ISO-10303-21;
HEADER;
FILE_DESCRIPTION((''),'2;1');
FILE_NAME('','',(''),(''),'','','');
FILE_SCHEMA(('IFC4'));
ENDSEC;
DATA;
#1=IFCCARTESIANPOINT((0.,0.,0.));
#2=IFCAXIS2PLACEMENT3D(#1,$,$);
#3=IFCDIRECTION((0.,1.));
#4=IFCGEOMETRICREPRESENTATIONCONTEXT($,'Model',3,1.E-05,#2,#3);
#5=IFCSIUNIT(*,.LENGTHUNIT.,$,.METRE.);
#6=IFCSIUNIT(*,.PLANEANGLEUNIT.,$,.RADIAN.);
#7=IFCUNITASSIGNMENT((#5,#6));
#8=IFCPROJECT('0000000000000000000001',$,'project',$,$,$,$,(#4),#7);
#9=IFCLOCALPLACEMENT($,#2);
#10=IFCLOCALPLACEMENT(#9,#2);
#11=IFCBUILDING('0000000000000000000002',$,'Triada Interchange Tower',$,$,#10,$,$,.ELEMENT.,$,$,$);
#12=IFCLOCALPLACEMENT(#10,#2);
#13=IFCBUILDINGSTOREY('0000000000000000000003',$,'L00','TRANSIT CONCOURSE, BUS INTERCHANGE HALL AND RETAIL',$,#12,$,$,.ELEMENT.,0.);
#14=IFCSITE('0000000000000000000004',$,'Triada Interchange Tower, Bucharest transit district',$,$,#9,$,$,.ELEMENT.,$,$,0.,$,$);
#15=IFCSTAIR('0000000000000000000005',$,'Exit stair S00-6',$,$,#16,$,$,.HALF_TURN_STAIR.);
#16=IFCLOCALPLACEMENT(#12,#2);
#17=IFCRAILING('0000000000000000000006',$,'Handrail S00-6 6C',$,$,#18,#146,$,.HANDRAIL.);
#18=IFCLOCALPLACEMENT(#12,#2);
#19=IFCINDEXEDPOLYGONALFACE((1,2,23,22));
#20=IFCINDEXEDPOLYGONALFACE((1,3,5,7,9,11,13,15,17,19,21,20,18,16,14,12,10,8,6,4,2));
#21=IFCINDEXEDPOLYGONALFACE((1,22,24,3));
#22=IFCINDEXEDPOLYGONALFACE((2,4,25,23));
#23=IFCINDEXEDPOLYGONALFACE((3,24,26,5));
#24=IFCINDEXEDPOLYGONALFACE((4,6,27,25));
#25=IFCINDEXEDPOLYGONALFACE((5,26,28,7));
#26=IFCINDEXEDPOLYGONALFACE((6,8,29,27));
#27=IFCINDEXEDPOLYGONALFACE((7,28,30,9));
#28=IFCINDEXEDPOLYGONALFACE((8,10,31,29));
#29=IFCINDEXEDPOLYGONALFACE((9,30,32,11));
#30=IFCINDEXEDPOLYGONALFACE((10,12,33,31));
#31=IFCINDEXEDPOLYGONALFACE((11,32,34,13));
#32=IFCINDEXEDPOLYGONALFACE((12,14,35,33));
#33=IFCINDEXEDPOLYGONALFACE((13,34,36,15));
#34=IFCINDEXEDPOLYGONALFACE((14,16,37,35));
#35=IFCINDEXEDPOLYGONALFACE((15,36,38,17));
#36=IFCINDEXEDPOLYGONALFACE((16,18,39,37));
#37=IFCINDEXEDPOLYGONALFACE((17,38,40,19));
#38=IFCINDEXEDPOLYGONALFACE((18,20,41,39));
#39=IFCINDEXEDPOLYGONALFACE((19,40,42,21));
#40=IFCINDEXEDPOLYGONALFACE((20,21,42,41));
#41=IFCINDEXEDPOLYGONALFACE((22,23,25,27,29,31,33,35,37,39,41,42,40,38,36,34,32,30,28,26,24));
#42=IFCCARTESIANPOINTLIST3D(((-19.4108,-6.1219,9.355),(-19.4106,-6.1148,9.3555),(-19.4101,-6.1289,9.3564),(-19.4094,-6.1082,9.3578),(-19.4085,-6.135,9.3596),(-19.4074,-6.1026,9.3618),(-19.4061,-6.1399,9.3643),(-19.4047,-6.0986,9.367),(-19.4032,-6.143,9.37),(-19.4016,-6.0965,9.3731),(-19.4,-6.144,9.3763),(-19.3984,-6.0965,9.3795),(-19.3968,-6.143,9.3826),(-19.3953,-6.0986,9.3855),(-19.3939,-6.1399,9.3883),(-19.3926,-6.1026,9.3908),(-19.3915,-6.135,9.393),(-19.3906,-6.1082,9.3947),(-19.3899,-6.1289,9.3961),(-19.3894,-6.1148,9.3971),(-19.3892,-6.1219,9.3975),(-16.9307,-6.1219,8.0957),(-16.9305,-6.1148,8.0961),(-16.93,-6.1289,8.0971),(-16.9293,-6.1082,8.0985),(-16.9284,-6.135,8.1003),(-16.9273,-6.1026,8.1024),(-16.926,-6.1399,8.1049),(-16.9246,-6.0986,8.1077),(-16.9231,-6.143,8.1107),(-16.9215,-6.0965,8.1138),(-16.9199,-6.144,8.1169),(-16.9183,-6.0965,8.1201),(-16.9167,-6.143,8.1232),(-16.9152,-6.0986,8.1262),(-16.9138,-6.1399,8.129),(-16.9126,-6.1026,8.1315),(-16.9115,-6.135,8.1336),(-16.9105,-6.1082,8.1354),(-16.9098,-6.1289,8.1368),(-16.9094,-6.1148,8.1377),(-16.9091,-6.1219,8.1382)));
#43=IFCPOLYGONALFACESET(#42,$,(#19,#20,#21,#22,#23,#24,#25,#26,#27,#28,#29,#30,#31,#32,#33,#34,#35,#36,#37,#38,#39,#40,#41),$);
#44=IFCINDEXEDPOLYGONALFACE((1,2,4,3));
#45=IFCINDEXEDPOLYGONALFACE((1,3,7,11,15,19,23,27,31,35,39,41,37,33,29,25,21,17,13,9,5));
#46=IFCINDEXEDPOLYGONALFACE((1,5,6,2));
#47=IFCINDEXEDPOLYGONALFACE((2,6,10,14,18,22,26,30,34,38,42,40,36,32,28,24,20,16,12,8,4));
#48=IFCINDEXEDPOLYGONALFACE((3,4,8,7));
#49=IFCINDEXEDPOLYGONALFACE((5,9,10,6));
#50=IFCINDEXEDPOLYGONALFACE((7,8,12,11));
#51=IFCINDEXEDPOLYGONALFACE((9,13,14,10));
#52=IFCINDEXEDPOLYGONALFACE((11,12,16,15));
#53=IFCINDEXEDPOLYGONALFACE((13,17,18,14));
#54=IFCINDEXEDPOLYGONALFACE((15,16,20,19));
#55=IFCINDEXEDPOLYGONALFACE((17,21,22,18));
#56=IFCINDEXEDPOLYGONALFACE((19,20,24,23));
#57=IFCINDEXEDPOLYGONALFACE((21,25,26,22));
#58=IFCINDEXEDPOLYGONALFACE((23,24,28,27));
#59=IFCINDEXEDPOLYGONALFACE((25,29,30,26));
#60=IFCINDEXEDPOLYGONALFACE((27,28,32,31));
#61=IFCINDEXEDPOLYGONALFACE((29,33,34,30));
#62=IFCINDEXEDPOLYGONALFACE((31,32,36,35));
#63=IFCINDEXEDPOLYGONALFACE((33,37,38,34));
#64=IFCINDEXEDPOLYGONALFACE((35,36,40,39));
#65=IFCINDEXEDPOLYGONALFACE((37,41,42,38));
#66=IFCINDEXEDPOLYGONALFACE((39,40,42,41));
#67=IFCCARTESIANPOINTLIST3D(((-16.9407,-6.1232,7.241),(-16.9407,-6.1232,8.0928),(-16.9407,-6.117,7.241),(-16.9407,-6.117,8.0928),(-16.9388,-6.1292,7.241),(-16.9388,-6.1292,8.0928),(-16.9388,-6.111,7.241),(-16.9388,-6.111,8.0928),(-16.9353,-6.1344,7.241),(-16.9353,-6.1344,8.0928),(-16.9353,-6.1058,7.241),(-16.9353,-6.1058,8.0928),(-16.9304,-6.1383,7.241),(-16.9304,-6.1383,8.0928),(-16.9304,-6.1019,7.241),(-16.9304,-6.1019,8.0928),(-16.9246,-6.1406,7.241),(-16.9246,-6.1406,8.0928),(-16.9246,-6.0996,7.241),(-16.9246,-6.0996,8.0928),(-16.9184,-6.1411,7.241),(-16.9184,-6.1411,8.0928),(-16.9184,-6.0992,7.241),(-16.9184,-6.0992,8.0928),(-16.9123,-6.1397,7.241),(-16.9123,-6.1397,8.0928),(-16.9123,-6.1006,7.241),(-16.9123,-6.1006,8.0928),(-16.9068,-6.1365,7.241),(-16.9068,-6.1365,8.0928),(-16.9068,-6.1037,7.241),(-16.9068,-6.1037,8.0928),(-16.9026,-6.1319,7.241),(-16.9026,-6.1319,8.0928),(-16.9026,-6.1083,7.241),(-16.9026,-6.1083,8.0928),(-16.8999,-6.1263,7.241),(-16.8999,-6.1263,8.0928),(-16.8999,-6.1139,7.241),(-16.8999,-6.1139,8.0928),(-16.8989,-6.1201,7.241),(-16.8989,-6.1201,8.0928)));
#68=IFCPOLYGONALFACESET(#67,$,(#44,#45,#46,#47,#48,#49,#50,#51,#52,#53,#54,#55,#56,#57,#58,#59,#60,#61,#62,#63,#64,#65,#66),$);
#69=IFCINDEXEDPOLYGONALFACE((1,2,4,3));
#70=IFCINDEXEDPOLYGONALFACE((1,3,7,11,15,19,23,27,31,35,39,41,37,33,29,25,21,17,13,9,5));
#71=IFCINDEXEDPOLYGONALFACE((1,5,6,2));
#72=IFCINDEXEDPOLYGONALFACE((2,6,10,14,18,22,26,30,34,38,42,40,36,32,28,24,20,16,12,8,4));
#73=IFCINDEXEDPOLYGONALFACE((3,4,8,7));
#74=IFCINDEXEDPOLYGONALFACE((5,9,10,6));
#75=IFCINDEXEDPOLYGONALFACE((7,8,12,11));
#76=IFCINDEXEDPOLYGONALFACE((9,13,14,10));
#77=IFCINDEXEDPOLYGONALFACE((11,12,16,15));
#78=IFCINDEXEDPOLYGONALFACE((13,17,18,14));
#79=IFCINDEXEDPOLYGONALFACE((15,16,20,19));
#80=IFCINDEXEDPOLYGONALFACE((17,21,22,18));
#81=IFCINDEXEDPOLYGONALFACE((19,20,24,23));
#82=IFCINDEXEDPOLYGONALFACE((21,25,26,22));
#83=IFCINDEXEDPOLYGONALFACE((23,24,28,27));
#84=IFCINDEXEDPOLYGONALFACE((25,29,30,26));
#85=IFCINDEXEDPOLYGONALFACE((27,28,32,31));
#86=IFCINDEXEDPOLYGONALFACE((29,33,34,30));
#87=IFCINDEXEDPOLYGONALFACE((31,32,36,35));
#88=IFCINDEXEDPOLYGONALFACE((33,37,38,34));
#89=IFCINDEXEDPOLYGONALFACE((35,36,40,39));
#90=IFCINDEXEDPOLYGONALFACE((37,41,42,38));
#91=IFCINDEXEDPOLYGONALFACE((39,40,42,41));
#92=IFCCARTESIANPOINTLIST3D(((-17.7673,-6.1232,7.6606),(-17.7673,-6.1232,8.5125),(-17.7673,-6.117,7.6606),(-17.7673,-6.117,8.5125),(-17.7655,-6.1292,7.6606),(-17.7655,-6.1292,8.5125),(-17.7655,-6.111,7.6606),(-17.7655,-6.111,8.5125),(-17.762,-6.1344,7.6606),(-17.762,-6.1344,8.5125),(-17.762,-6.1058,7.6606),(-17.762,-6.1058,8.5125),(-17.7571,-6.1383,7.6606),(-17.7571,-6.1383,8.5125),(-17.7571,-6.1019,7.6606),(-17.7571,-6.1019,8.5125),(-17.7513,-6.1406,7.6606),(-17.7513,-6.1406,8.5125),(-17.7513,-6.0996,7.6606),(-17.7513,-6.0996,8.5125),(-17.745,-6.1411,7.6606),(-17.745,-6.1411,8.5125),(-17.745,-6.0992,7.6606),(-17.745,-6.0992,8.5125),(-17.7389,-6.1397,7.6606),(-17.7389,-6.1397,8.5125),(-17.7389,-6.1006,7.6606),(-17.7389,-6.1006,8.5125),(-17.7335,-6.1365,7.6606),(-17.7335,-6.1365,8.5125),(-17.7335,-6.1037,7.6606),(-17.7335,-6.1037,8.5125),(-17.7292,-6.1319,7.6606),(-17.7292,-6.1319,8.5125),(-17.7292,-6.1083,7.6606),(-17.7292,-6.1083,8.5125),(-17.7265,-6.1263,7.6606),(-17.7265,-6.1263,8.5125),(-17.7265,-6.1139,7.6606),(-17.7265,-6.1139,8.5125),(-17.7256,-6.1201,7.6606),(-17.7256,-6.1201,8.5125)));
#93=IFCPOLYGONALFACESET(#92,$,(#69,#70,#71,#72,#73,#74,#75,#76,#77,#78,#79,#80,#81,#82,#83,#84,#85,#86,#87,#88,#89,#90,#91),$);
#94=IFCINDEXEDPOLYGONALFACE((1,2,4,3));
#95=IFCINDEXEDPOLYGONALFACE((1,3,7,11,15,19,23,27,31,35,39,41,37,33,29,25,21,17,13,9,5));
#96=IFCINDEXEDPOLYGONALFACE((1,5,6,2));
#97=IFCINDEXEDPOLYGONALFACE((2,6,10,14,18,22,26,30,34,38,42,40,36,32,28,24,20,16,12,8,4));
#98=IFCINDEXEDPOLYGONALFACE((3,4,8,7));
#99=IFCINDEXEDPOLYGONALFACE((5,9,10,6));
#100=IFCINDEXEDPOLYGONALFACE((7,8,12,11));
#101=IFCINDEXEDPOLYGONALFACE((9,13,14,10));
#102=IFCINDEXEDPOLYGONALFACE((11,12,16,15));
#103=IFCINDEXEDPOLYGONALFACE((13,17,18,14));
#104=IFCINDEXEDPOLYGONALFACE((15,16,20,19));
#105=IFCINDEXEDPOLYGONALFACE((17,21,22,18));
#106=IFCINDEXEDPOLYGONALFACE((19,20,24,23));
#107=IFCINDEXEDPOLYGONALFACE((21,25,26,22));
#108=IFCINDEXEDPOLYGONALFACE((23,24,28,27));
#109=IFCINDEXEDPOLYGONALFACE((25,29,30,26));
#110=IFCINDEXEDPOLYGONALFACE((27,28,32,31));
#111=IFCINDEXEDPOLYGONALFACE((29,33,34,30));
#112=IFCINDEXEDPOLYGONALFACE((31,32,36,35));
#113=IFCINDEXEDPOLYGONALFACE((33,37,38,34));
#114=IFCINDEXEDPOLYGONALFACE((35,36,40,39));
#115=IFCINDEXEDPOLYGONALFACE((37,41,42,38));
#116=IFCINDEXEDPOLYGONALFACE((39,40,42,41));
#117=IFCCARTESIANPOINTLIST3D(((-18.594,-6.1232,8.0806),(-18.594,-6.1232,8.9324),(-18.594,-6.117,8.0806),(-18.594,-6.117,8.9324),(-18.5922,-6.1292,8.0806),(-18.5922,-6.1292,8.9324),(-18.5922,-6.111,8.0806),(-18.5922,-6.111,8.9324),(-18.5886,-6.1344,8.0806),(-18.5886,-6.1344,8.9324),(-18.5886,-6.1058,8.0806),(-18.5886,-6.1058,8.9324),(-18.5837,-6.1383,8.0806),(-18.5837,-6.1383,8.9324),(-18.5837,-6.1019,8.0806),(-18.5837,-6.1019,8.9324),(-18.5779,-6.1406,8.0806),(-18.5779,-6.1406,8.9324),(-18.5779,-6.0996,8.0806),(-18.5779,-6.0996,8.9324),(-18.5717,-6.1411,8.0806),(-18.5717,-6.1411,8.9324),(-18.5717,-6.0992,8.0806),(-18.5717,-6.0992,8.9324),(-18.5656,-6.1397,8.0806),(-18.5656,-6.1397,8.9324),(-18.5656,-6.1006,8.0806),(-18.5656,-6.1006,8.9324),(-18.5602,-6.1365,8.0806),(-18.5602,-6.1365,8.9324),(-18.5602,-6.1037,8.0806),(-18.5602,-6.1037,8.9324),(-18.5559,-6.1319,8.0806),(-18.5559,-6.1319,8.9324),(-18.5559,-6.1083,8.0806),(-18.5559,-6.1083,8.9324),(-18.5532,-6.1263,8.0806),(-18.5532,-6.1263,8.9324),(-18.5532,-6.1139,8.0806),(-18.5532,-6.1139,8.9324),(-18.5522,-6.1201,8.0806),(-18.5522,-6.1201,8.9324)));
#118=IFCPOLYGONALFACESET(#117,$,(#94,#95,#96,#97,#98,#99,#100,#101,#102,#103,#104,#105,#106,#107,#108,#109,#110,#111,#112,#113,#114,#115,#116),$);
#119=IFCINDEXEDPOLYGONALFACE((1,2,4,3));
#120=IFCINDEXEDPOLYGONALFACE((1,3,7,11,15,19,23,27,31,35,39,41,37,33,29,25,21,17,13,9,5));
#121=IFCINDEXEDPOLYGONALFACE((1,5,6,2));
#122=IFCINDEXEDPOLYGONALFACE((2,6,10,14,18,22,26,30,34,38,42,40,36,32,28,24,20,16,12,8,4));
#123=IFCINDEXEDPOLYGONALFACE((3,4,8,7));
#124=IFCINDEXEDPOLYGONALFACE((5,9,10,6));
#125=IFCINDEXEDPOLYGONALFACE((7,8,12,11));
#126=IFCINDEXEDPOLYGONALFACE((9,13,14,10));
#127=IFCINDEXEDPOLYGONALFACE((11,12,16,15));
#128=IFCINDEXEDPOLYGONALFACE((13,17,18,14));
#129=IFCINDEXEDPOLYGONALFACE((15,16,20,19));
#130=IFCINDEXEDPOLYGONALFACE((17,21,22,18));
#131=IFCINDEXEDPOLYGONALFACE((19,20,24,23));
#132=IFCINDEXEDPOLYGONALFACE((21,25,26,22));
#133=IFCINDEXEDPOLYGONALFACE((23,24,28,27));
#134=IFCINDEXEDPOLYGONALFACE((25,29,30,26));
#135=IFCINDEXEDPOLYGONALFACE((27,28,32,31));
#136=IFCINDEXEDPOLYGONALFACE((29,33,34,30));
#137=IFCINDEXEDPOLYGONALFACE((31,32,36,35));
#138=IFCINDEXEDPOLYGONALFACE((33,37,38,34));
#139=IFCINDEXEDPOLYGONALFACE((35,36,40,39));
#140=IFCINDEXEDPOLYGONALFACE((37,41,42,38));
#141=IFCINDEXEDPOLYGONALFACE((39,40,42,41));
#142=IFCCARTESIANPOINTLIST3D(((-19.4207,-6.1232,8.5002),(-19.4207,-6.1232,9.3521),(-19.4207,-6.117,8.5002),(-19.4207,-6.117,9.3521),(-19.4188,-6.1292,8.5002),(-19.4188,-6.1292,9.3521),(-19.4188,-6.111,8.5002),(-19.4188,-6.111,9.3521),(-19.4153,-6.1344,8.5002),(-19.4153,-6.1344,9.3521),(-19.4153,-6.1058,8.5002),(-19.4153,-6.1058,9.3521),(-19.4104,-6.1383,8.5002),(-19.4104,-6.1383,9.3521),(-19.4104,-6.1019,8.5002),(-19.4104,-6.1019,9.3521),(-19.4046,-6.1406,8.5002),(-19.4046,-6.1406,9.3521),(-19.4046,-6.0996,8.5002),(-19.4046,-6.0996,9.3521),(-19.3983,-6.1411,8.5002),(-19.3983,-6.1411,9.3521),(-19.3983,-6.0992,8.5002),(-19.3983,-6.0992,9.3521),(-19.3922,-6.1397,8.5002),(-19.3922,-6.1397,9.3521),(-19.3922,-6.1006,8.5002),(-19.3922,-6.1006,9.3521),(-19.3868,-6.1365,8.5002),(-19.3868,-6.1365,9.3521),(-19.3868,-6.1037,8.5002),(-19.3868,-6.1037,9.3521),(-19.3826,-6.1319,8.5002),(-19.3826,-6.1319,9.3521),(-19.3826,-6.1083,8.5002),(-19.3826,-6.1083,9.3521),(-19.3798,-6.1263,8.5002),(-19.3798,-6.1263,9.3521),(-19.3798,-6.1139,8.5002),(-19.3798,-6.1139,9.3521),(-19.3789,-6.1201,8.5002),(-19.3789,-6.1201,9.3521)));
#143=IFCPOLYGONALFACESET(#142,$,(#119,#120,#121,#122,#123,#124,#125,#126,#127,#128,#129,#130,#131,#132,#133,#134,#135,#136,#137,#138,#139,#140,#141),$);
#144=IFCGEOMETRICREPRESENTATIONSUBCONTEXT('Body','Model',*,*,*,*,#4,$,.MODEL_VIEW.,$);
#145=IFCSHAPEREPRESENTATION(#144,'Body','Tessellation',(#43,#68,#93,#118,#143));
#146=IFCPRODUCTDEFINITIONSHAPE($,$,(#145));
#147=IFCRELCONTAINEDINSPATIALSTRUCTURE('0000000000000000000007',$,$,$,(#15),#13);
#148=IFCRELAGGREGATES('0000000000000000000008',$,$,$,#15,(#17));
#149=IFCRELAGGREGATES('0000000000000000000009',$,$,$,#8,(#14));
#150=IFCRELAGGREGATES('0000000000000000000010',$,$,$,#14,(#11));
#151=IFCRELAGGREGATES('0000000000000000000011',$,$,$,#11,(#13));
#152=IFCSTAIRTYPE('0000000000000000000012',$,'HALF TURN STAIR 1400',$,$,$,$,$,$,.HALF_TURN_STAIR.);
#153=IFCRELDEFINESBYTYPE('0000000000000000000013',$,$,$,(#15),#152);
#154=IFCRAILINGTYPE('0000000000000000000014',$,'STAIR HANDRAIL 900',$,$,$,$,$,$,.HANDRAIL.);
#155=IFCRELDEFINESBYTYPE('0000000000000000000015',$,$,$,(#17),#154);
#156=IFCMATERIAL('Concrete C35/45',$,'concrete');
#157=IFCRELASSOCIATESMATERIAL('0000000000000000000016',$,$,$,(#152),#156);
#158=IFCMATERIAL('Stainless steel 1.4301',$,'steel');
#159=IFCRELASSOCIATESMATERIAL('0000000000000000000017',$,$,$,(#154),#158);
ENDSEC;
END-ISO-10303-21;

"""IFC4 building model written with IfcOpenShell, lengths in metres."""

from ifc_helpers import new_model, si_unit, direction, frame, origin, origin_2d, place, context, subcontext, project, spatial, circle, extrude, material, type_object, element, aggregate, save


model = new_model("IFC4")

# Units and contexts
model_context = context("Model", 3, precision=1e-05, world=origin(), true_north=direction((0.0, 1.0)))
body_context = subcontext(model_context, "Body", "Model", "MODEL_VIEW")
ifc_project = project(units=[si_unit("LENGTHUNIT", "METRE"), si_unit("PLANEANGLEUNIT", "RADIAN")], contexts=[model_context])

# Site, building, storey
site_placement = place(None, origin())
site = spatial("IfcSite", under=ifc_project, at=site_placement, Name="Triada Interchange Tower, Bucharest transit district", CompositionType="ELEMENT", RefElevation=0.0)
building_placement = place(site_placement, origin())
building = spatial("IfcBuilding", under=site, at=building_placement, Name="Triada Interchange Tower", CompositionType="ELEMENT")
storey_placement = place(building_placement, origin())
storey = spatial("IfcBuildingStorey", under=building, at=storey_placement, Name="L00", Description="TRANSIT CONCOURSE, BUS INTERCHANGE HALL AND RETAIL", CompositionType="ELEMENT", Elevation=0.0)

# Shared definitions
ifc_material_1 = material(Name="Concrete C35/45", Category="concrete")

# Stair, railing
stair_type = type_object("IfcStairType", Name="HALF TURN STAIR 1400", PredefinedType="HALF_TURN_STAIR", material=ifc_material_1)
stair_placement = place(storey_placement, origin())
stair = element("IfcStair", 1, at=stair_placement, inside=storey, type_object=stair_type, Name="Exit stair S00-6", PredefinedType="HALF_TURN_STAIR")
ifc_material_2 = material(Name="Stainless steel 1.4301", Category="steel")
railing_type_1 = type_object("IfcRailingType", Name="STAIR HANDRAIL 900", PredefinedType="HANDRAIL", material=ifc_material_2)
railing_1_placement = place(storey_placement, frame((-16.9199, -6.1201, 7.241)))
railing_1 = element("IfcRailing", 2, at=railing_1_placement, type_object=railing_type_1, Name="Handrail S00-6 6C", PredefinedType="HANDRAIL", context=body_context, shape_type="SweptSolid", body=[
    extrude(circle(Radius=0.0239, at=origin_2d()), frame((0.0, 0.0, 0.876), z_axis=(-0.891636, 0.0, 0.452752), x_axis=(0.0, -1.0, 0.0)), (0.0, 0.0, 1.0), 2.7815),
    extrude(circle(Radius=0.021, at=origin_2d()), origin(), (0.0, 0.0, 1.0), 0.8518),
    extrude(circle(Radius=0.021, at=origin_2d()), frame((-0.8267, 0.0, 0.4197)), (0.0, 0.0, 1.0), 0.8518),
    extrude(circle(Radius=0.021, at=origin_2d()), frame((-1.6533, 0.0, 0.8396)), (0.0, 0.0, 1.0), 0.8518),
    extrude(circle(Radius=0.021, at=origin_2d()), frame((-2.48, 0.0, 1.2593)), (0.0, 0.0, 1.0), 0.8518),
])
aggregate(stair, [railing_1])

save(model, "model.ifc")
